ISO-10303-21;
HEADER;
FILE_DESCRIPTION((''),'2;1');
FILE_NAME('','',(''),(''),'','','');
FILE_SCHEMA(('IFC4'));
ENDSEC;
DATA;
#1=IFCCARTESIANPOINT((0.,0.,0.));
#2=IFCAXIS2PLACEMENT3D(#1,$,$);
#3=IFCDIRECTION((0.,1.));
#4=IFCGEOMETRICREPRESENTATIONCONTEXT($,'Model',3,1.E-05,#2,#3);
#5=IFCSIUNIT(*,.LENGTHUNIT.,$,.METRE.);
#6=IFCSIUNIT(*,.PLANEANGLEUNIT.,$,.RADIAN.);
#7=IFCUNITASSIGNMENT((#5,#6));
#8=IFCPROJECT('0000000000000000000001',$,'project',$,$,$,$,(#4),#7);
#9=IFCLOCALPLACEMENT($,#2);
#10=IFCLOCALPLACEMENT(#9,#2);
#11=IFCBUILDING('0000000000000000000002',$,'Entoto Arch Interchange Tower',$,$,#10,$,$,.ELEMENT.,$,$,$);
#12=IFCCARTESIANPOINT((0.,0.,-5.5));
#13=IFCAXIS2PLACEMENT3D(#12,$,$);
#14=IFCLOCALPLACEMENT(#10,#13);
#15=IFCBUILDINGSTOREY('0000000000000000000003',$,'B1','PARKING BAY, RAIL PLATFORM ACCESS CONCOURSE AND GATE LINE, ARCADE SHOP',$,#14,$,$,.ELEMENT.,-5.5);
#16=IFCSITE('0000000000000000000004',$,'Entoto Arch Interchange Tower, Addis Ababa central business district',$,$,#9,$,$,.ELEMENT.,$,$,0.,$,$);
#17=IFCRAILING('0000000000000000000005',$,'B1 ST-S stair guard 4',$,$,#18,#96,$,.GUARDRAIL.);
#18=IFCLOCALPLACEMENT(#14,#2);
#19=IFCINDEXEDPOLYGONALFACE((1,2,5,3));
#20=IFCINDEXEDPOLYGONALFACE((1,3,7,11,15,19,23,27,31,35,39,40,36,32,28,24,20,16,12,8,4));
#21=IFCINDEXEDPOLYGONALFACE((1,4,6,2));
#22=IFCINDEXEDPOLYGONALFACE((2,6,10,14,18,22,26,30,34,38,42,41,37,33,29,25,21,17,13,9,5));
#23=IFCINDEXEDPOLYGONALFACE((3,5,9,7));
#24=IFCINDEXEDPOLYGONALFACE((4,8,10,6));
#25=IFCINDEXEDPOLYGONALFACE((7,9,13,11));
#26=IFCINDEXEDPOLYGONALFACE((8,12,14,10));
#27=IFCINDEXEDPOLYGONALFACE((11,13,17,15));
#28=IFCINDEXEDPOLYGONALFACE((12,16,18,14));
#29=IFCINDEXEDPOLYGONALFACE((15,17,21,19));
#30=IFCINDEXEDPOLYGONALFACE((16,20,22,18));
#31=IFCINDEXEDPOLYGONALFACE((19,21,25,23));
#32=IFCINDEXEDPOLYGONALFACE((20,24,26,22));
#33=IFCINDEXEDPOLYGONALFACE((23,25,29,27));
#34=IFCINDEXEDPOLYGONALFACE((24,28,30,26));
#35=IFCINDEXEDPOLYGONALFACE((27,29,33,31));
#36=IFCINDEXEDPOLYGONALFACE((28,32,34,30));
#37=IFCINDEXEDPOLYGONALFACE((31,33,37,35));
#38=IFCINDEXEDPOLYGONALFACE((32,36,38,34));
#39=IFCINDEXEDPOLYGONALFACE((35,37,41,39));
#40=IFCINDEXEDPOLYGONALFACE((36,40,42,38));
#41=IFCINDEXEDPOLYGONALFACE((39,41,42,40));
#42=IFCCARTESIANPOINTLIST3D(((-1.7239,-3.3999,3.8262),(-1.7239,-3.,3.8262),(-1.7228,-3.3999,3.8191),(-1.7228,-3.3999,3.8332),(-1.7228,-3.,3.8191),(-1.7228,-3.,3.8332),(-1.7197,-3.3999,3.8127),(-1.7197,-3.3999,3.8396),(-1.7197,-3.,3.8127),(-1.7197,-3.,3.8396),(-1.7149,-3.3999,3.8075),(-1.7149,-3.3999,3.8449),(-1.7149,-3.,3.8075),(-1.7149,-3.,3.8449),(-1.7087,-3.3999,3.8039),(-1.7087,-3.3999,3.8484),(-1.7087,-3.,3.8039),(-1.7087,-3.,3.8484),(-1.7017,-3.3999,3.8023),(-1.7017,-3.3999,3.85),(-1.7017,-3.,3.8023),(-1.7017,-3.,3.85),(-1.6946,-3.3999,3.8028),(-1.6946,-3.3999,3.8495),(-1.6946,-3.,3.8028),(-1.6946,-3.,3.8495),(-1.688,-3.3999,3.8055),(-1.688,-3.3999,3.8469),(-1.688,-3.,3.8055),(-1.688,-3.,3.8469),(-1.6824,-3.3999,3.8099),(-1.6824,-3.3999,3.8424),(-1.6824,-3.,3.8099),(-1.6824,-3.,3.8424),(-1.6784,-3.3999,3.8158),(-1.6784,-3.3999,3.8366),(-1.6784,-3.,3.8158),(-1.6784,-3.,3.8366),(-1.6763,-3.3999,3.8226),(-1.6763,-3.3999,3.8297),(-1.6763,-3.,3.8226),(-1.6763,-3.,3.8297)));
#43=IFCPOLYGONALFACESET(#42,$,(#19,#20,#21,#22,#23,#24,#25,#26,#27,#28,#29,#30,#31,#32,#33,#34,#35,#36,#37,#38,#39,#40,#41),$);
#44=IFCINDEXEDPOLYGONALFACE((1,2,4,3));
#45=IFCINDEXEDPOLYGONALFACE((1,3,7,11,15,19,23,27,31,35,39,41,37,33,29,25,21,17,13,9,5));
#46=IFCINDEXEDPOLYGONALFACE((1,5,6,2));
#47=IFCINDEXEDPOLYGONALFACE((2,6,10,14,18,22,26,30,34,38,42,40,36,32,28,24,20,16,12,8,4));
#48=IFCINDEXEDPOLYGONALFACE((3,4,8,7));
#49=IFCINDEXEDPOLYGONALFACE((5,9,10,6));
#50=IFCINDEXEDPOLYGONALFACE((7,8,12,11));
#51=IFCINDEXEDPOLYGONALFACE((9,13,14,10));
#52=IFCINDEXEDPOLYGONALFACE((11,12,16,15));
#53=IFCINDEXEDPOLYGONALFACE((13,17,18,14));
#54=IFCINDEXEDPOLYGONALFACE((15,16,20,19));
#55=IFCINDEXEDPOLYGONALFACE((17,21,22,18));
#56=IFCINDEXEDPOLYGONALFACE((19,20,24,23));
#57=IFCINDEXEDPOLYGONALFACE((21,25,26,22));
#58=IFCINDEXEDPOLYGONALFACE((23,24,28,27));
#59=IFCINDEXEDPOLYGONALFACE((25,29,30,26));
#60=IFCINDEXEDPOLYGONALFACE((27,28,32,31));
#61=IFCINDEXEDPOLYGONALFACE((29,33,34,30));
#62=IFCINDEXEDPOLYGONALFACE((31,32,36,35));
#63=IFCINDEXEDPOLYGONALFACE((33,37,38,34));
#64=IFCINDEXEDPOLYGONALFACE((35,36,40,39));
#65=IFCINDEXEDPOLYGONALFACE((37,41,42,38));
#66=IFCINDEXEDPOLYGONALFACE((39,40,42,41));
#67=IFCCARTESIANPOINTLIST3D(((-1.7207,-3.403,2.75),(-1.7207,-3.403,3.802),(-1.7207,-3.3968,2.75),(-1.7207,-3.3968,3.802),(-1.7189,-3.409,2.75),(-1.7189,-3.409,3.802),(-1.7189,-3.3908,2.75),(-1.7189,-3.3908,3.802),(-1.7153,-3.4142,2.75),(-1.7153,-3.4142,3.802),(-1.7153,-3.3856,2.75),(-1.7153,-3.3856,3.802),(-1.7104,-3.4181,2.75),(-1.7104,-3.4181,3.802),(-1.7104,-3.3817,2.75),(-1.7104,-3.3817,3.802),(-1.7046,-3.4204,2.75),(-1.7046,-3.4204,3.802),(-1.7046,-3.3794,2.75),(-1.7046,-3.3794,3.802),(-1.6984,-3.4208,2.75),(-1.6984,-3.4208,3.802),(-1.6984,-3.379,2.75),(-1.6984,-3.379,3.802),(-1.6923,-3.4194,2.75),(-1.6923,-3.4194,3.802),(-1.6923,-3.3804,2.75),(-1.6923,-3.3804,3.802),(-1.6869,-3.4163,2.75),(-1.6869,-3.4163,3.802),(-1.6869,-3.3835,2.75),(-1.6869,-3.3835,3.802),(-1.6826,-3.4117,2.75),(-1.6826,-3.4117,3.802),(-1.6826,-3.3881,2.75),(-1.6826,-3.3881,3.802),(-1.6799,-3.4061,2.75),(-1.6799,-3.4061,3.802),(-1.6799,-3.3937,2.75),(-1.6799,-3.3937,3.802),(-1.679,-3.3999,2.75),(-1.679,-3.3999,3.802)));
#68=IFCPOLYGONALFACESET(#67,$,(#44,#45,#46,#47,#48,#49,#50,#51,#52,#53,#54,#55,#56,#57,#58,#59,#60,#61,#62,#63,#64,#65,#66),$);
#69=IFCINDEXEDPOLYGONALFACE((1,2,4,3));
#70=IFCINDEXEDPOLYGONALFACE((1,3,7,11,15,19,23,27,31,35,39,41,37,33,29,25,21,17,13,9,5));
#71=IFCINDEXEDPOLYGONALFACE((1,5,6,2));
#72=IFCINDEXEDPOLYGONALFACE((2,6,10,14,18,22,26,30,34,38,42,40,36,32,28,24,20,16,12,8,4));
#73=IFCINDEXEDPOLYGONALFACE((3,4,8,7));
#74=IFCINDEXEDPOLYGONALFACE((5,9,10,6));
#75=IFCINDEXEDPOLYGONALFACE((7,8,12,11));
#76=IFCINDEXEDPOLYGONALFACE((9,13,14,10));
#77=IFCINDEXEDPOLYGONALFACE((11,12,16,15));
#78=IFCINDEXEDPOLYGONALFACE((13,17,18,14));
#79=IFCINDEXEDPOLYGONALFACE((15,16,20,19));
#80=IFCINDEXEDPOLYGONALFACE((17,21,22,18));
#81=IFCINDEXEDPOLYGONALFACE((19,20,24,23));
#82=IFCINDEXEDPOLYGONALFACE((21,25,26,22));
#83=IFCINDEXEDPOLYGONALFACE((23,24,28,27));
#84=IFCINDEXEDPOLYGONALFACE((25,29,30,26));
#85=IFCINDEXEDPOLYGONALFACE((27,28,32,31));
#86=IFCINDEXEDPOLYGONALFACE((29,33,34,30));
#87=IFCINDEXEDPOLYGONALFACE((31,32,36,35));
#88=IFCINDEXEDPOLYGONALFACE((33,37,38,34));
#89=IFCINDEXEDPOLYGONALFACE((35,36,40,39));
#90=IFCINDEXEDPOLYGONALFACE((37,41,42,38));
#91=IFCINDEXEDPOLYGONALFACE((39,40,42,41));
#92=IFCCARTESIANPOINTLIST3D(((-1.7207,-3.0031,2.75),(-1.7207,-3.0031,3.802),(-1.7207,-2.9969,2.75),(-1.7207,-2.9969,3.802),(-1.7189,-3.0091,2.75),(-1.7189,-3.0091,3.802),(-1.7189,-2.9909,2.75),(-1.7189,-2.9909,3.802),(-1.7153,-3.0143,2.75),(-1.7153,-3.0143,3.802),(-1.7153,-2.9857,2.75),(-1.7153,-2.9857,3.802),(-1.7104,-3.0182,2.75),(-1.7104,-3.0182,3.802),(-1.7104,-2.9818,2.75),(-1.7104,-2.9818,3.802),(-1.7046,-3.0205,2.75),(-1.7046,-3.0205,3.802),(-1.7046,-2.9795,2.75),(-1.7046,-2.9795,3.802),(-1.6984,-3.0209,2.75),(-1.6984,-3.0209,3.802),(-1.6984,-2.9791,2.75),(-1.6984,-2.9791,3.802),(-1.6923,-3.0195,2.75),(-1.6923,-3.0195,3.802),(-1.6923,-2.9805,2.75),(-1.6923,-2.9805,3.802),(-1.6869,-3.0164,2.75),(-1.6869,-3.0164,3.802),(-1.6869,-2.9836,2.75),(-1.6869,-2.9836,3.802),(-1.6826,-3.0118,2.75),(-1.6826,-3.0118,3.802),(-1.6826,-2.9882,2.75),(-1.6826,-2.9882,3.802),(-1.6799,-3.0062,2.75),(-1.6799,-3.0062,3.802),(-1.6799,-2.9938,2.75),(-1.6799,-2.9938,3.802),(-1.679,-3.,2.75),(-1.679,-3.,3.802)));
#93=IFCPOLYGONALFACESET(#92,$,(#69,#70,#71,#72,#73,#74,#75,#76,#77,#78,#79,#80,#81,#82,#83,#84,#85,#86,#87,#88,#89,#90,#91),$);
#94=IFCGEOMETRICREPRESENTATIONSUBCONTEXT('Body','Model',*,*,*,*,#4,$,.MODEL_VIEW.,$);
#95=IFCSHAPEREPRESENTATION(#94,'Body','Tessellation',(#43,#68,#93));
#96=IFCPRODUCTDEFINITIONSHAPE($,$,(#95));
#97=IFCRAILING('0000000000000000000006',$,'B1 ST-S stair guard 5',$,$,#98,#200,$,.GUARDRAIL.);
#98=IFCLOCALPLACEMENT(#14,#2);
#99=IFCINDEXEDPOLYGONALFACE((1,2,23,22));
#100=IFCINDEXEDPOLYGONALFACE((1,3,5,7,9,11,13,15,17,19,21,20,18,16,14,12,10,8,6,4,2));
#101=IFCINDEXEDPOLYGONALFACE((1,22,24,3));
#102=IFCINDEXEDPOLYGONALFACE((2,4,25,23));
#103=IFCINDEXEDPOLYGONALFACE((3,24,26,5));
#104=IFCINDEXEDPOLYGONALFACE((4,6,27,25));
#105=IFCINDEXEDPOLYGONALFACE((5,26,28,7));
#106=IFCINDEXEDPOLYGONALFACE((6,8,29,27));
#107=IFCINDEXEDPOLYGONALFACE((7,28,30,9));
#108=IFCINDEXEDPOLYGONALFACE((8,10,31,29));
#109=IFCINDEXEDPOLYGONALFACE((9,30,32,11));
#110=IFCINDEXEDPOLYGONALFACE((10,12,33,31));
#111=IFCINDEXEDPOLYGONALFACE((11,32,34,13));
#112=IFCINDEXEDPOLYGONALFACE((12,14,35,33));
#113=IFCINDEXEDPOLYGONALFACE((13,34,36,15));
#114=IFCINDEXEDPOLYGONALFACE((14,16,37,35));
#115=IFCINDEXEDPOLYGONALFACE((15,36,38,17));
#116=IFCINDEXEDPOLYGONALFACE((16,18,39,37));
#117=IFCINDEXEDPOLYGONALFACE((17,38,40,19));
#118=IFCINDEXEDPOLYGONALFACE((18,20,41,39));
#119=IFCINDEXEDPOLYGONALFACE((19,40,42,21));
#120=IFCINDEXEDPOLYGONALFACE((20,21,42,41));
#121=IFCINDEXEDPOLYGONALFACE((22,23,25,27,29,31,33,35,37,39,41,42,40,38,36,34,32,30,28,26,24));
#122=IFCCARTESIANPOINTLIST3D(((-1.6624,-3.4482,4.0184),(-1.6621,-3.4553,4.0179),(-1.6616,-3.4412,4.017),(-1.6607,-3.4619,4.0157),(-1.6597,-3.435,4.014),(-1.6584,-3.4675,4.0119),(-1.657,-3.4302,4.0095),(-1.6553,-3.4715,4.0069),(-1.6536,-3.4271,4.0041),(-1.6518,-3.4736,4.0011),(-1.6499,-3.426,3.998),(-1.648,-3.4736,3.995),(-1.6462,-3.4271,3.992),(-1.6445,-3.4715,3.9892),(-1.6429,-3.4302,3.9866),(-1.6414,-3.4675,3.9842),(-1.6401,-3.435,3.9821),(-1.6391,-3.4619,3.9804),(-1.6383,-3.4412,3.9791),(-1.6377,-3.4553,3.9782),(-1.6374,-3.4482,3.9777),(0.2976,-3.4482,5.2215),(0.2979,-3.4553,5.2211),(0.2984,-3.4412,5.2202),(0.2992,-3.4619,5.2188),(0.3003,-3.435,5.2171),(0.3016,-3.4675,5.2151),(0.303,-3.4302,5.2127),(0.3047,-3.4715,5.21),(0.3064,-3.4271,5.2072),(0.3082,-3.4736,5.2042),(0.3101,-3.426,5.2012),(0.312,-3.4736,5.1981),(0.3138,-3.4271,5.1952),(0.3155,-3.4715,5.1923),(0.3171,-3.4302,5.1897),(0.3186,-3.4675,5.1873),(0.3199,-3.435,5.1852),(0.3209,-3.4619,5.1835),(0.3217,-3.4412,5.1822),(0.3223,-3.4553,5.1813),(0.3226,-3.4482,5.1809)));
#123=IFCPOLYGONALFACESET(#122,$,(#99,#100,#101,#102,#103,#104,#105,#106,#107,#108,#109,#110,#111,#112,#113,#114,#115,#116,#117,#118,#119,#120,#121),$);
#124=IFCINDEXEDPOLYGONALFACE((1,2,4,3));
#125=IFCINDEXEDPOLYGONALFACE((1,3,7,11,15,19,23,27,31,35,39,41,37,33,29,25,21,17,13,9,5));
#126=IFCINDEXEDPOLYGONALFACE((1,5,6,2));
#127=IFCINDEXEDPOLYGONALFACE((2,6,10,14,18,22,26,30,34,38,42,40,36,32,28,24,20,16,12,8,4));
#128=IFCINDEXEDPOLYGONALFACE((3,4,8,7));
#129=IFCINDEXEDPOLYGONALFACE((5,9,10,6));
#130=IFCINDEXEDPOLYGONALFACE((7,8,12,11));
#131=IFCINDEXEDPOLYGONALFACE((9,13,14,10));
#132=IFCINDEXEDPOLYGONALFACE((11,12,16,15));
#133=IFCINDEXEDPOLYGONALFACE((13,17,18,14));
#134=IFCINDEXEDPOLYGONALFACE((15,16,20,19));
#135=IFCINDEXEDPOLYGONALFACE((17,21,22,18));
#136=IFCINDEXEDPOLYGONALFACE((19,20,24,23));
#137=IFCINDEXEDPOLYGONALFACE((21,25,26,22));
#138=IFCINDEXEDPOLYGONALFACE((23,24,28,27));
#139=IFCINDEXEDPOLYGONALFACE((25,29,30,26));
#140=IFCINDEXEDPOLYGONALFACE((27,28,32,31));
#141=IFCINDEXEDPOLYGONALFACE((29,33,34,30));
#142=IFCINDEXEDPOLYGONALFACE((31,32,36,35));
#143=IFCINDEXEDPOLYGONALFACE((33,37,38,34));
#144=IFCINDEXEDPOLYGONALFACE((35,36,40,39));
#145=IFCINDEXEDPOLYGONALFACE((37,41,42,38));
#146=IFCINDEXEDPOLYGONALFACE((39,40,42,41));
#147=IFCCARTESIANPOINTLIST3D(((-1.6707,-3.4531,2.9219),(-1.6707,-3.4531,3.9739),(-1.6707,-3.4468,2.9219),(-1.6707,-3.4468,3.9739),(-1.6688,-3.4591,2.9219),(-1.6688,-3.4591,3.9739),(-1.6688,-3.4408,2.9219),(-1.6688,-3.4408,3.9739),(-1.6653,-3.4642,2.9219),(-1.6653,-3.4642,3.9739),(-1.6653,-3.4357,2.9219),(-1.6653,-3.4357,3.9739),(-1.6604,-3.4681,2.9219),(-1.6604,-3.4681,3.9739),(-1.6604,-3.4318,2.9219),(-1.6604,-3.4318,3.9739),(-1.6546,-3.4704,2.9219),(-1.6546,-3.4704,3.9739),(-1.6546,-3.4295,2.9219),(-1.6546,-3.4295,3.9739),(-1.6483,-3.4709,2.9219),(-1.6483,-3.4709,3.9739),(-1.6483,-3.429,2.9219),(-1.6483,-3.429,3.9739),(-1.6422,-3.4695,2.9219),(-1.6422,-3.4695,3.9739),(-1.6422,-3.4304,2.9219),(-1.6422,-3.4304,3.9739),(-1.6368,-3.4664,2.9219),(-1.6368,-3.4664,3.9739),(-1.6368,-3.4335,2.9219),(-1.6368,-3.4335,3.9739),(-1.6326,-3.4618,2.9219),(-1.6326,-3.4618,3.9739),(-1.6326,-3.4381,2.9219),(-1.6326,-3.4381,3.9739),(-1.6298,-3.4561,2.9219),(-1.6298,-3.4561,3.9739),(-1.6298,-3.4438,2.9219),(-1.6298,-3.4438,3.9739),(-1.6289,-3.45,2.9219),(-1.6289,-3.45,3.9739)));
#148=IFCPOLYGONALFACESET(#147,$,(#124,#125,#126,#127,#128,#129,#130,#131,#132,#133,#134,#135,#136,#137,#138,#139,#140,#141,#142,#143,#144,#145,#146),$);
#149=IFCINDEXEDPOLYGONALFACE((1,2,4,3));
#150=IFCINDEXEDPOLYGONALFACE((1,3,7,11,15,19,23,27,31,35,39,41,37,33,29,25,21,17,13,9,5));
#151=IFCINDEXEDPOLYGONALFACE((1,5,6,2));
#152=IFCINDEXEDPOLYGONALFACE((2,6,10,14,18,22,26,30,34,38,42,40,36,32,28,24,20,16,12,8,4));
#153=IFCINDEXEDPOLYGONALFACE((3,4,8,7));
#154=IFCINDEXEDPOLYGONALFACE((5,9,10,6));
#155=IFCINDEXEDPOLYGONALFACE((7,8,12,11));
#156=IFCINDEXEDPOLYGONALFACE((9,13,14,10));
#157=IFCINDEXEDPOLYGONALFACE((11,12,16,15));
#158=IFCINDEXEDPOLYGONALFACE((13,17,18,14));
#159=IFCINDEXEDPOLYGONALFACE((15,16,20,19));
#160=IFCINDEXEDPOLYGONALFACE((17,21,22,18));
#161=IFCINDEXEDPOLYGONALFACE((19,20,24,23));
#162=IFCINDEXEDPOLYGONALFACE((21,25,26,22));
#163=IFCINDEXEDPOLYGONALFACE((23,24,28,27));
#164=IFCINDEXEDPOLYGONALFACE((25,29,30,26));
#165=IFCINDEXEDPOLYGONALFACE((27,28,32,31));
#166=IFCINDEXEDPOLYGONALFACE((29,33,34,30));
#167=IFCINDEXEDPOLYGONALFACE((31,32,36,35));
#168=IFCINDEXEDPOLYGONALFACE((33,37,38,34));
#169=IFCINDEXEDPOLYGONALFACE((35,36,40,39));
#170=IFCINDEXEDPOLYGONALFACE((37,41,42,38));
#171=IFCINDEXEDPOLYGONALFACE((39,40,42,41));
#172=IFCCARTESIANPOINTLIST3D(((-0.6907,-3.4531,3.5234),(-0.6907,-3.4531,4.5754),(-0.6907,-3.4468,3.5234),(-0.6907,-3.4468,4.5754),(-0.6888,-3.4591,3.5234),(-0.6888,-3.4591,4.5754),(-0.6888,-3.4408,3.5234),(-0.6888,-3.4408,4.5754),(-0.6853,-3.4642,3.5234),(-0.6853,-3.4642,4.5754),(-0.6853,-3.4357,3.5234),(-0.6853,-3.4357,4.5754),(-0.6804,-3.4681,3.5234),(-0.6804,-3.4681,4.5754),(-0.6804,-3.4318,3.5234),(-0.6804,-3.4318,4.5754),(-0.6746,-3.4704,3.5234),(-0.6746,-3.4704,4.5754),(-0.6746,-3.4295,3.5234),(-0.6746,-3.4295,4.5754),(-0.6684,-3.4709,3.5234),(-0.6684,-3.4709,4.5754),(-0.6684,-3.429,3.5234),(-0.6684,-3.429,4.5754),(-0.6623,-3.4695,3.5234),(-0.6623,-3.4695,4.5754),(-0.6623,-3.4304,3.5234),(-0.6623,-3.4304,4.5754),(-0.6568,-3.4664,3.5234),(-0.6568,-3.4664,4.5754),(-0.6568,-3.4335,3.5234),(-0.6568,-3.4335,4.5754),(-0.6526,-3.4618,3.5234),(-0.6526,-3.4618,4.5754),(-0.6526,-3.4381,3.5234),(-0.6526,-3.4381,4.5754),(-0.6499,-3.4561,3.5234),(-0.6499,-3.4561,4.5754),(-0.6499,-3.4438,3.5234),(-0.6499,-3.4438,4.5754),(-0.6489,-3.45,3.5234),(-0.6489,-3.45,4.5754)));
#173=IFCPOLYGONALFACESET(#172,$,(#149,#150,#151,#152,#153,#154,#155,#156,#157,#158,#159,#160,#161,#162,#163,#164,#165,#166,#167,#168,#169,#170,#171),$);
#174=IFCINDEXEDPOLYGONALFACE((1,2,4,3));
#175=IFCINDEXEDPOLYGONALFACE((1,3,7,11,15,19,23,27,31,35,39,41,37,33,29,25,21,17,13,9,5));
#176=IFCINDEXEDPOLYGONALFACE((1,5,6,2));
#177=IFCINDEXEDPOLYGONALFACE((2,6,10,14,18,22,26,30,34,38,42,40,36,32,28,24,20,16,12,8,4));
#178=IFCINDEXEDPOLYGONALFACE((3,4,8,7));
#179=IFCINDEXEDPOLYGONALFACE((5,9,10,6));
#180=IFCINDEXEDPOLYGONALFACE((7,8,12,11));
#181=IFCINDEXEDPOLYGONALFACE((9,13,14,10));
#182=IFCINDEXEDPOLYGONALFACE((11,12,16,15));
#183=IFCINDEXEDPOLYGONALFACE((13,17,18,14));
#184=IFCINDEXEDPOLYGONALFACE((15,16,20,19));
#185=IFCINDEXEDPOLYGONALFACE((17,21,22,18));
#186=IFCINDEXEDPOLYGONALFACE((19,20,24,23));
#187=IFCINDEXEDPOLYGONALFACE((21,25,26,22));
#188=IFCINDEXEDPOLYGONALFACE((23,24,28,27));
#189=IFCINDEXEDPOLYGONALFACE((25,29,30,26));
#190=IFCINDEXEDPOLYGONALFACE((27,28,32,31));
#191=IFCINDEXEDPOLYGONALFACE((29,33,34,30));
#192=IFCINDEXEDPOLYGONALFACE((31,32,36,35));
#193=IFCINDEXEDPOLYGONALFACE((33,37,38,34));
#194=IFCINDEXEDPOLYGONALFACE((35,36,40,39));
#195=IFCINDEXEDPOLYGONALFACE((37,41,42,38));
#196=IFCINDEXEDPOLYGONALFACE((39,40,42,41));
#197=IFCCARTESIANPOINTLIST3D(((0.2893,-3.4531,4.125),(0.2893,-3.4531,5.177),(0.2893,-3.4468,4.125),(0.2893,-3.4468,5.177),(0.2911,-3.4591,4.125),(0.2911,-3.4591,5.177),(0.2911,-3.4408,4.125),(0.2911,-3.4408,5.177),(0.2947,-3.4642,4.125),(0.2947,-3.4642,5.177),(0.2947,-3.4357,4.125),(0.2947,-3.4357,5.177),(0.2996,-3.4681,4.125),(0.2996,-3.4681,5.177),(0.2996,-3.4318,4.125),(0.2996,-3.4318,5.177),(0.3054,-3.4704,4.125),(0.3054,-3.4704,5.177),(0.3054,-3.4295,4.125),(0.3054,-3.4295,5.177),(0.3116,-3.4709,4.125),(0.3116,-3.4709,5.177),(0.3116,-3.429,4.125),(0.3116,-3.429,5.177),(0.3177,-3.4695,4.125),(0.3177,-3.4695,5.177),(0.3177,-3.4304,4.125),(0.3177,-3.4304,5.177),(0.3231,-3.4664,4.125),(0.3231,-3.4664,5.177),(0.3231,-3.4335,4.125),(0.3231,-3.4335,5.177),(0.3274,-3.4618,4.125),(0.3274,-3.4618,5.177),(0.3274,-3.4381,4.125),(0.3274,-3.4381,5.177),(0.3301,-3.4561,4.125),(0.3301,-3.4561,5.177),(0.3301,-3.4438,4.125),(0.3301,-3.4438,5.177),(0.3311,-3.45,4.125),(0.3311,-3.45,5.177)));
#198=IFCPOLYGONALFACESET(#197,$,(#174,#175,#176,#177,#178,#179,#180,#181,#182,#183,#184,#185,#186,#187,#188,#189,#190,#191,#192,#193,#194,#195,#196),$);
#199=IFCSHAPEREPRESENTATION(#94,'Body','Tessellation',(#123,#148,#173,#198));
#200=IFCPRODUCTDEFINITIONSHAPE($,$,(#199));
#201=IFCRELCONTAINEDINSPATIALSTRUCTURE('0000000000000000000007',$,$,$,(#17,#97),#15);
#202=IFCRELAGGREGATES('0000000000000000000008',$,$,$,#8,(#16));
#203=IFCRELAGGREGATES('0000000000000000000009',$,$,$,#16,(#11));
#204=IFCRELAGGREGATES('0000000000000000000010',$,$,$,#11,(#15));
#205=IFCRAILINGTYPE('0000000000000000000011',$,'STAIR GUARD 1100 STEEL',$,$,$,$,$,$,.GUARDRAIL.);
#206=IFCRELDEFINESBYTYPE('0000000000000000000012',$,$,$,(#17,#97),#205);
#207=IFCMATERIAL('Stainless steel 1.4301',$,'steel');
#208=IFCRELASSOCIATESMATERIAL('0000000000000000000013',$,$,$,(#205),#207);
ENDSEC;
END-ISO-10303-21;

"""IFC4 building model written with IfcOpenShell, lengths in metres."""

from ifc_helpers import new_model, si_unit, direction, frame, origin, origin_2d, place, context, subcontext, project, spatial, circle, extrude, material, type_object, element, save


model = new_model("IFC4")

# Units and contexts
model_context = context("Model", 3, precision=1e-05, world=origin(), true_north=direction((0.0, 1.0)))
body_context = subcontext(model_context, "Body", "Model", "MODEL_VIEW")
ifc_project = project(units=[si_unit("LENGTHUNIT", "METRE"), si_unit("PLANEANGLEUNIT", "RADIAN")], contexts=[model_context])

# Site, building, storey
site_placement = place(None, origin())
site = spatial("IfcSite", under=ifc_project, at=site_placement, Name="Entoto Arch Interchange Tower, Addis Ababa central business district", CompositionType="ELEMENT", RefElevation=0.0)
building_placement = place(site_placement, origin())
building = spatial("IfcBuilding", under=site, at=building_placement, Name="Entoto Arch Interchange Tower", CompositionType="ELEMENT")
storey_placement = place(building_placement, frame((0.0, 0.0, -5.5)))
storey = spatial("IfcBuildingStorey", under=building, at=storey_placement, Name="B1", Description="PARKING BAY, RAIL PLATFORM ACCESS CONCOURSE AND GATE LINE, ARCADE SHOP", CompositionType="ELEMENT", Elevation=-5.5)

# Railings
ifc_material_1 = material(Name="Stainless steel 1.4301", Category="steel")
railing_type_1 = type_object("IfcRailingType", Name="STAIR GUARD 1100 STEEL", PredefinedType="GUARDRAIL", material=ifc_material_1)
railing_1_placement = place(storey_placement, frame((-1.7, -3.3999, 2.75)))
element("IfcRailing", 1, at=railing_1_placement, inside=storey, type_object=railing_type_1, Name="B1 ST-S stair guard 4", PredefinedType="GUARDRAIL", context=body_context, shape_type="SweptSolid", body=[
    extrude(circle(Radius=0.0239, at=origin_2d()), frame((0.0, 0.0, 1.0762), z_axis=(0.0, 1.0, 0.0), x_axis=(-1.0, 0.0, 0.0)), (0.0, 0.0, 1.0), 0.3999),
    extrude(circle(Radius=0.021, at=origin_2d()), origin(), (0.0, 0.0, 1.0), 1.052),
    extrude(circle(Radius=0.021, at=origin_2d()), frame((0.0, 0.3999, 0.0)), (0.0, 0.0, 1.0), 1.052),
])
railing_2_placement = place(storey_placement, frame((-1.6499, -3.45, 2.9219)))
element("IfcRailing", 2, at=railing_2_placement, inside=storey, type_object=railing_type_1, Name="B1 ST-S stair guard 5", PredefinedType="GUARDRAIL", context=body_context, shape_type="SweptSolid", body=[
    extrude(circle(Radius=0.0239, at=origin_2d()), frame((0.0, 0.0, 1.0762), z_axis=(0.852241, 0.0, 0.523149), x_axis=(0.0, 1.0, 0.0)), (0.0, 0.0, 1.0), 2.2998),
    extrude(circle(Radius=0.021, at=origin_2d()), origin(), (0.0, 0.0, 1.0), 1.052),
    extrude(circle(Radius=0.021, at=origin_2d()), frame((0.98, 0.0, 0.6016)), (0.0, 0.0, 1.0), 1.052),
    extrude(circle(Radius=0.021, at=origin_2d()), frame((1.96, 0.0, 1.2031)), (0.0, 0.0, 1.0), 1.052),
])

save(model, "model.ifc")
